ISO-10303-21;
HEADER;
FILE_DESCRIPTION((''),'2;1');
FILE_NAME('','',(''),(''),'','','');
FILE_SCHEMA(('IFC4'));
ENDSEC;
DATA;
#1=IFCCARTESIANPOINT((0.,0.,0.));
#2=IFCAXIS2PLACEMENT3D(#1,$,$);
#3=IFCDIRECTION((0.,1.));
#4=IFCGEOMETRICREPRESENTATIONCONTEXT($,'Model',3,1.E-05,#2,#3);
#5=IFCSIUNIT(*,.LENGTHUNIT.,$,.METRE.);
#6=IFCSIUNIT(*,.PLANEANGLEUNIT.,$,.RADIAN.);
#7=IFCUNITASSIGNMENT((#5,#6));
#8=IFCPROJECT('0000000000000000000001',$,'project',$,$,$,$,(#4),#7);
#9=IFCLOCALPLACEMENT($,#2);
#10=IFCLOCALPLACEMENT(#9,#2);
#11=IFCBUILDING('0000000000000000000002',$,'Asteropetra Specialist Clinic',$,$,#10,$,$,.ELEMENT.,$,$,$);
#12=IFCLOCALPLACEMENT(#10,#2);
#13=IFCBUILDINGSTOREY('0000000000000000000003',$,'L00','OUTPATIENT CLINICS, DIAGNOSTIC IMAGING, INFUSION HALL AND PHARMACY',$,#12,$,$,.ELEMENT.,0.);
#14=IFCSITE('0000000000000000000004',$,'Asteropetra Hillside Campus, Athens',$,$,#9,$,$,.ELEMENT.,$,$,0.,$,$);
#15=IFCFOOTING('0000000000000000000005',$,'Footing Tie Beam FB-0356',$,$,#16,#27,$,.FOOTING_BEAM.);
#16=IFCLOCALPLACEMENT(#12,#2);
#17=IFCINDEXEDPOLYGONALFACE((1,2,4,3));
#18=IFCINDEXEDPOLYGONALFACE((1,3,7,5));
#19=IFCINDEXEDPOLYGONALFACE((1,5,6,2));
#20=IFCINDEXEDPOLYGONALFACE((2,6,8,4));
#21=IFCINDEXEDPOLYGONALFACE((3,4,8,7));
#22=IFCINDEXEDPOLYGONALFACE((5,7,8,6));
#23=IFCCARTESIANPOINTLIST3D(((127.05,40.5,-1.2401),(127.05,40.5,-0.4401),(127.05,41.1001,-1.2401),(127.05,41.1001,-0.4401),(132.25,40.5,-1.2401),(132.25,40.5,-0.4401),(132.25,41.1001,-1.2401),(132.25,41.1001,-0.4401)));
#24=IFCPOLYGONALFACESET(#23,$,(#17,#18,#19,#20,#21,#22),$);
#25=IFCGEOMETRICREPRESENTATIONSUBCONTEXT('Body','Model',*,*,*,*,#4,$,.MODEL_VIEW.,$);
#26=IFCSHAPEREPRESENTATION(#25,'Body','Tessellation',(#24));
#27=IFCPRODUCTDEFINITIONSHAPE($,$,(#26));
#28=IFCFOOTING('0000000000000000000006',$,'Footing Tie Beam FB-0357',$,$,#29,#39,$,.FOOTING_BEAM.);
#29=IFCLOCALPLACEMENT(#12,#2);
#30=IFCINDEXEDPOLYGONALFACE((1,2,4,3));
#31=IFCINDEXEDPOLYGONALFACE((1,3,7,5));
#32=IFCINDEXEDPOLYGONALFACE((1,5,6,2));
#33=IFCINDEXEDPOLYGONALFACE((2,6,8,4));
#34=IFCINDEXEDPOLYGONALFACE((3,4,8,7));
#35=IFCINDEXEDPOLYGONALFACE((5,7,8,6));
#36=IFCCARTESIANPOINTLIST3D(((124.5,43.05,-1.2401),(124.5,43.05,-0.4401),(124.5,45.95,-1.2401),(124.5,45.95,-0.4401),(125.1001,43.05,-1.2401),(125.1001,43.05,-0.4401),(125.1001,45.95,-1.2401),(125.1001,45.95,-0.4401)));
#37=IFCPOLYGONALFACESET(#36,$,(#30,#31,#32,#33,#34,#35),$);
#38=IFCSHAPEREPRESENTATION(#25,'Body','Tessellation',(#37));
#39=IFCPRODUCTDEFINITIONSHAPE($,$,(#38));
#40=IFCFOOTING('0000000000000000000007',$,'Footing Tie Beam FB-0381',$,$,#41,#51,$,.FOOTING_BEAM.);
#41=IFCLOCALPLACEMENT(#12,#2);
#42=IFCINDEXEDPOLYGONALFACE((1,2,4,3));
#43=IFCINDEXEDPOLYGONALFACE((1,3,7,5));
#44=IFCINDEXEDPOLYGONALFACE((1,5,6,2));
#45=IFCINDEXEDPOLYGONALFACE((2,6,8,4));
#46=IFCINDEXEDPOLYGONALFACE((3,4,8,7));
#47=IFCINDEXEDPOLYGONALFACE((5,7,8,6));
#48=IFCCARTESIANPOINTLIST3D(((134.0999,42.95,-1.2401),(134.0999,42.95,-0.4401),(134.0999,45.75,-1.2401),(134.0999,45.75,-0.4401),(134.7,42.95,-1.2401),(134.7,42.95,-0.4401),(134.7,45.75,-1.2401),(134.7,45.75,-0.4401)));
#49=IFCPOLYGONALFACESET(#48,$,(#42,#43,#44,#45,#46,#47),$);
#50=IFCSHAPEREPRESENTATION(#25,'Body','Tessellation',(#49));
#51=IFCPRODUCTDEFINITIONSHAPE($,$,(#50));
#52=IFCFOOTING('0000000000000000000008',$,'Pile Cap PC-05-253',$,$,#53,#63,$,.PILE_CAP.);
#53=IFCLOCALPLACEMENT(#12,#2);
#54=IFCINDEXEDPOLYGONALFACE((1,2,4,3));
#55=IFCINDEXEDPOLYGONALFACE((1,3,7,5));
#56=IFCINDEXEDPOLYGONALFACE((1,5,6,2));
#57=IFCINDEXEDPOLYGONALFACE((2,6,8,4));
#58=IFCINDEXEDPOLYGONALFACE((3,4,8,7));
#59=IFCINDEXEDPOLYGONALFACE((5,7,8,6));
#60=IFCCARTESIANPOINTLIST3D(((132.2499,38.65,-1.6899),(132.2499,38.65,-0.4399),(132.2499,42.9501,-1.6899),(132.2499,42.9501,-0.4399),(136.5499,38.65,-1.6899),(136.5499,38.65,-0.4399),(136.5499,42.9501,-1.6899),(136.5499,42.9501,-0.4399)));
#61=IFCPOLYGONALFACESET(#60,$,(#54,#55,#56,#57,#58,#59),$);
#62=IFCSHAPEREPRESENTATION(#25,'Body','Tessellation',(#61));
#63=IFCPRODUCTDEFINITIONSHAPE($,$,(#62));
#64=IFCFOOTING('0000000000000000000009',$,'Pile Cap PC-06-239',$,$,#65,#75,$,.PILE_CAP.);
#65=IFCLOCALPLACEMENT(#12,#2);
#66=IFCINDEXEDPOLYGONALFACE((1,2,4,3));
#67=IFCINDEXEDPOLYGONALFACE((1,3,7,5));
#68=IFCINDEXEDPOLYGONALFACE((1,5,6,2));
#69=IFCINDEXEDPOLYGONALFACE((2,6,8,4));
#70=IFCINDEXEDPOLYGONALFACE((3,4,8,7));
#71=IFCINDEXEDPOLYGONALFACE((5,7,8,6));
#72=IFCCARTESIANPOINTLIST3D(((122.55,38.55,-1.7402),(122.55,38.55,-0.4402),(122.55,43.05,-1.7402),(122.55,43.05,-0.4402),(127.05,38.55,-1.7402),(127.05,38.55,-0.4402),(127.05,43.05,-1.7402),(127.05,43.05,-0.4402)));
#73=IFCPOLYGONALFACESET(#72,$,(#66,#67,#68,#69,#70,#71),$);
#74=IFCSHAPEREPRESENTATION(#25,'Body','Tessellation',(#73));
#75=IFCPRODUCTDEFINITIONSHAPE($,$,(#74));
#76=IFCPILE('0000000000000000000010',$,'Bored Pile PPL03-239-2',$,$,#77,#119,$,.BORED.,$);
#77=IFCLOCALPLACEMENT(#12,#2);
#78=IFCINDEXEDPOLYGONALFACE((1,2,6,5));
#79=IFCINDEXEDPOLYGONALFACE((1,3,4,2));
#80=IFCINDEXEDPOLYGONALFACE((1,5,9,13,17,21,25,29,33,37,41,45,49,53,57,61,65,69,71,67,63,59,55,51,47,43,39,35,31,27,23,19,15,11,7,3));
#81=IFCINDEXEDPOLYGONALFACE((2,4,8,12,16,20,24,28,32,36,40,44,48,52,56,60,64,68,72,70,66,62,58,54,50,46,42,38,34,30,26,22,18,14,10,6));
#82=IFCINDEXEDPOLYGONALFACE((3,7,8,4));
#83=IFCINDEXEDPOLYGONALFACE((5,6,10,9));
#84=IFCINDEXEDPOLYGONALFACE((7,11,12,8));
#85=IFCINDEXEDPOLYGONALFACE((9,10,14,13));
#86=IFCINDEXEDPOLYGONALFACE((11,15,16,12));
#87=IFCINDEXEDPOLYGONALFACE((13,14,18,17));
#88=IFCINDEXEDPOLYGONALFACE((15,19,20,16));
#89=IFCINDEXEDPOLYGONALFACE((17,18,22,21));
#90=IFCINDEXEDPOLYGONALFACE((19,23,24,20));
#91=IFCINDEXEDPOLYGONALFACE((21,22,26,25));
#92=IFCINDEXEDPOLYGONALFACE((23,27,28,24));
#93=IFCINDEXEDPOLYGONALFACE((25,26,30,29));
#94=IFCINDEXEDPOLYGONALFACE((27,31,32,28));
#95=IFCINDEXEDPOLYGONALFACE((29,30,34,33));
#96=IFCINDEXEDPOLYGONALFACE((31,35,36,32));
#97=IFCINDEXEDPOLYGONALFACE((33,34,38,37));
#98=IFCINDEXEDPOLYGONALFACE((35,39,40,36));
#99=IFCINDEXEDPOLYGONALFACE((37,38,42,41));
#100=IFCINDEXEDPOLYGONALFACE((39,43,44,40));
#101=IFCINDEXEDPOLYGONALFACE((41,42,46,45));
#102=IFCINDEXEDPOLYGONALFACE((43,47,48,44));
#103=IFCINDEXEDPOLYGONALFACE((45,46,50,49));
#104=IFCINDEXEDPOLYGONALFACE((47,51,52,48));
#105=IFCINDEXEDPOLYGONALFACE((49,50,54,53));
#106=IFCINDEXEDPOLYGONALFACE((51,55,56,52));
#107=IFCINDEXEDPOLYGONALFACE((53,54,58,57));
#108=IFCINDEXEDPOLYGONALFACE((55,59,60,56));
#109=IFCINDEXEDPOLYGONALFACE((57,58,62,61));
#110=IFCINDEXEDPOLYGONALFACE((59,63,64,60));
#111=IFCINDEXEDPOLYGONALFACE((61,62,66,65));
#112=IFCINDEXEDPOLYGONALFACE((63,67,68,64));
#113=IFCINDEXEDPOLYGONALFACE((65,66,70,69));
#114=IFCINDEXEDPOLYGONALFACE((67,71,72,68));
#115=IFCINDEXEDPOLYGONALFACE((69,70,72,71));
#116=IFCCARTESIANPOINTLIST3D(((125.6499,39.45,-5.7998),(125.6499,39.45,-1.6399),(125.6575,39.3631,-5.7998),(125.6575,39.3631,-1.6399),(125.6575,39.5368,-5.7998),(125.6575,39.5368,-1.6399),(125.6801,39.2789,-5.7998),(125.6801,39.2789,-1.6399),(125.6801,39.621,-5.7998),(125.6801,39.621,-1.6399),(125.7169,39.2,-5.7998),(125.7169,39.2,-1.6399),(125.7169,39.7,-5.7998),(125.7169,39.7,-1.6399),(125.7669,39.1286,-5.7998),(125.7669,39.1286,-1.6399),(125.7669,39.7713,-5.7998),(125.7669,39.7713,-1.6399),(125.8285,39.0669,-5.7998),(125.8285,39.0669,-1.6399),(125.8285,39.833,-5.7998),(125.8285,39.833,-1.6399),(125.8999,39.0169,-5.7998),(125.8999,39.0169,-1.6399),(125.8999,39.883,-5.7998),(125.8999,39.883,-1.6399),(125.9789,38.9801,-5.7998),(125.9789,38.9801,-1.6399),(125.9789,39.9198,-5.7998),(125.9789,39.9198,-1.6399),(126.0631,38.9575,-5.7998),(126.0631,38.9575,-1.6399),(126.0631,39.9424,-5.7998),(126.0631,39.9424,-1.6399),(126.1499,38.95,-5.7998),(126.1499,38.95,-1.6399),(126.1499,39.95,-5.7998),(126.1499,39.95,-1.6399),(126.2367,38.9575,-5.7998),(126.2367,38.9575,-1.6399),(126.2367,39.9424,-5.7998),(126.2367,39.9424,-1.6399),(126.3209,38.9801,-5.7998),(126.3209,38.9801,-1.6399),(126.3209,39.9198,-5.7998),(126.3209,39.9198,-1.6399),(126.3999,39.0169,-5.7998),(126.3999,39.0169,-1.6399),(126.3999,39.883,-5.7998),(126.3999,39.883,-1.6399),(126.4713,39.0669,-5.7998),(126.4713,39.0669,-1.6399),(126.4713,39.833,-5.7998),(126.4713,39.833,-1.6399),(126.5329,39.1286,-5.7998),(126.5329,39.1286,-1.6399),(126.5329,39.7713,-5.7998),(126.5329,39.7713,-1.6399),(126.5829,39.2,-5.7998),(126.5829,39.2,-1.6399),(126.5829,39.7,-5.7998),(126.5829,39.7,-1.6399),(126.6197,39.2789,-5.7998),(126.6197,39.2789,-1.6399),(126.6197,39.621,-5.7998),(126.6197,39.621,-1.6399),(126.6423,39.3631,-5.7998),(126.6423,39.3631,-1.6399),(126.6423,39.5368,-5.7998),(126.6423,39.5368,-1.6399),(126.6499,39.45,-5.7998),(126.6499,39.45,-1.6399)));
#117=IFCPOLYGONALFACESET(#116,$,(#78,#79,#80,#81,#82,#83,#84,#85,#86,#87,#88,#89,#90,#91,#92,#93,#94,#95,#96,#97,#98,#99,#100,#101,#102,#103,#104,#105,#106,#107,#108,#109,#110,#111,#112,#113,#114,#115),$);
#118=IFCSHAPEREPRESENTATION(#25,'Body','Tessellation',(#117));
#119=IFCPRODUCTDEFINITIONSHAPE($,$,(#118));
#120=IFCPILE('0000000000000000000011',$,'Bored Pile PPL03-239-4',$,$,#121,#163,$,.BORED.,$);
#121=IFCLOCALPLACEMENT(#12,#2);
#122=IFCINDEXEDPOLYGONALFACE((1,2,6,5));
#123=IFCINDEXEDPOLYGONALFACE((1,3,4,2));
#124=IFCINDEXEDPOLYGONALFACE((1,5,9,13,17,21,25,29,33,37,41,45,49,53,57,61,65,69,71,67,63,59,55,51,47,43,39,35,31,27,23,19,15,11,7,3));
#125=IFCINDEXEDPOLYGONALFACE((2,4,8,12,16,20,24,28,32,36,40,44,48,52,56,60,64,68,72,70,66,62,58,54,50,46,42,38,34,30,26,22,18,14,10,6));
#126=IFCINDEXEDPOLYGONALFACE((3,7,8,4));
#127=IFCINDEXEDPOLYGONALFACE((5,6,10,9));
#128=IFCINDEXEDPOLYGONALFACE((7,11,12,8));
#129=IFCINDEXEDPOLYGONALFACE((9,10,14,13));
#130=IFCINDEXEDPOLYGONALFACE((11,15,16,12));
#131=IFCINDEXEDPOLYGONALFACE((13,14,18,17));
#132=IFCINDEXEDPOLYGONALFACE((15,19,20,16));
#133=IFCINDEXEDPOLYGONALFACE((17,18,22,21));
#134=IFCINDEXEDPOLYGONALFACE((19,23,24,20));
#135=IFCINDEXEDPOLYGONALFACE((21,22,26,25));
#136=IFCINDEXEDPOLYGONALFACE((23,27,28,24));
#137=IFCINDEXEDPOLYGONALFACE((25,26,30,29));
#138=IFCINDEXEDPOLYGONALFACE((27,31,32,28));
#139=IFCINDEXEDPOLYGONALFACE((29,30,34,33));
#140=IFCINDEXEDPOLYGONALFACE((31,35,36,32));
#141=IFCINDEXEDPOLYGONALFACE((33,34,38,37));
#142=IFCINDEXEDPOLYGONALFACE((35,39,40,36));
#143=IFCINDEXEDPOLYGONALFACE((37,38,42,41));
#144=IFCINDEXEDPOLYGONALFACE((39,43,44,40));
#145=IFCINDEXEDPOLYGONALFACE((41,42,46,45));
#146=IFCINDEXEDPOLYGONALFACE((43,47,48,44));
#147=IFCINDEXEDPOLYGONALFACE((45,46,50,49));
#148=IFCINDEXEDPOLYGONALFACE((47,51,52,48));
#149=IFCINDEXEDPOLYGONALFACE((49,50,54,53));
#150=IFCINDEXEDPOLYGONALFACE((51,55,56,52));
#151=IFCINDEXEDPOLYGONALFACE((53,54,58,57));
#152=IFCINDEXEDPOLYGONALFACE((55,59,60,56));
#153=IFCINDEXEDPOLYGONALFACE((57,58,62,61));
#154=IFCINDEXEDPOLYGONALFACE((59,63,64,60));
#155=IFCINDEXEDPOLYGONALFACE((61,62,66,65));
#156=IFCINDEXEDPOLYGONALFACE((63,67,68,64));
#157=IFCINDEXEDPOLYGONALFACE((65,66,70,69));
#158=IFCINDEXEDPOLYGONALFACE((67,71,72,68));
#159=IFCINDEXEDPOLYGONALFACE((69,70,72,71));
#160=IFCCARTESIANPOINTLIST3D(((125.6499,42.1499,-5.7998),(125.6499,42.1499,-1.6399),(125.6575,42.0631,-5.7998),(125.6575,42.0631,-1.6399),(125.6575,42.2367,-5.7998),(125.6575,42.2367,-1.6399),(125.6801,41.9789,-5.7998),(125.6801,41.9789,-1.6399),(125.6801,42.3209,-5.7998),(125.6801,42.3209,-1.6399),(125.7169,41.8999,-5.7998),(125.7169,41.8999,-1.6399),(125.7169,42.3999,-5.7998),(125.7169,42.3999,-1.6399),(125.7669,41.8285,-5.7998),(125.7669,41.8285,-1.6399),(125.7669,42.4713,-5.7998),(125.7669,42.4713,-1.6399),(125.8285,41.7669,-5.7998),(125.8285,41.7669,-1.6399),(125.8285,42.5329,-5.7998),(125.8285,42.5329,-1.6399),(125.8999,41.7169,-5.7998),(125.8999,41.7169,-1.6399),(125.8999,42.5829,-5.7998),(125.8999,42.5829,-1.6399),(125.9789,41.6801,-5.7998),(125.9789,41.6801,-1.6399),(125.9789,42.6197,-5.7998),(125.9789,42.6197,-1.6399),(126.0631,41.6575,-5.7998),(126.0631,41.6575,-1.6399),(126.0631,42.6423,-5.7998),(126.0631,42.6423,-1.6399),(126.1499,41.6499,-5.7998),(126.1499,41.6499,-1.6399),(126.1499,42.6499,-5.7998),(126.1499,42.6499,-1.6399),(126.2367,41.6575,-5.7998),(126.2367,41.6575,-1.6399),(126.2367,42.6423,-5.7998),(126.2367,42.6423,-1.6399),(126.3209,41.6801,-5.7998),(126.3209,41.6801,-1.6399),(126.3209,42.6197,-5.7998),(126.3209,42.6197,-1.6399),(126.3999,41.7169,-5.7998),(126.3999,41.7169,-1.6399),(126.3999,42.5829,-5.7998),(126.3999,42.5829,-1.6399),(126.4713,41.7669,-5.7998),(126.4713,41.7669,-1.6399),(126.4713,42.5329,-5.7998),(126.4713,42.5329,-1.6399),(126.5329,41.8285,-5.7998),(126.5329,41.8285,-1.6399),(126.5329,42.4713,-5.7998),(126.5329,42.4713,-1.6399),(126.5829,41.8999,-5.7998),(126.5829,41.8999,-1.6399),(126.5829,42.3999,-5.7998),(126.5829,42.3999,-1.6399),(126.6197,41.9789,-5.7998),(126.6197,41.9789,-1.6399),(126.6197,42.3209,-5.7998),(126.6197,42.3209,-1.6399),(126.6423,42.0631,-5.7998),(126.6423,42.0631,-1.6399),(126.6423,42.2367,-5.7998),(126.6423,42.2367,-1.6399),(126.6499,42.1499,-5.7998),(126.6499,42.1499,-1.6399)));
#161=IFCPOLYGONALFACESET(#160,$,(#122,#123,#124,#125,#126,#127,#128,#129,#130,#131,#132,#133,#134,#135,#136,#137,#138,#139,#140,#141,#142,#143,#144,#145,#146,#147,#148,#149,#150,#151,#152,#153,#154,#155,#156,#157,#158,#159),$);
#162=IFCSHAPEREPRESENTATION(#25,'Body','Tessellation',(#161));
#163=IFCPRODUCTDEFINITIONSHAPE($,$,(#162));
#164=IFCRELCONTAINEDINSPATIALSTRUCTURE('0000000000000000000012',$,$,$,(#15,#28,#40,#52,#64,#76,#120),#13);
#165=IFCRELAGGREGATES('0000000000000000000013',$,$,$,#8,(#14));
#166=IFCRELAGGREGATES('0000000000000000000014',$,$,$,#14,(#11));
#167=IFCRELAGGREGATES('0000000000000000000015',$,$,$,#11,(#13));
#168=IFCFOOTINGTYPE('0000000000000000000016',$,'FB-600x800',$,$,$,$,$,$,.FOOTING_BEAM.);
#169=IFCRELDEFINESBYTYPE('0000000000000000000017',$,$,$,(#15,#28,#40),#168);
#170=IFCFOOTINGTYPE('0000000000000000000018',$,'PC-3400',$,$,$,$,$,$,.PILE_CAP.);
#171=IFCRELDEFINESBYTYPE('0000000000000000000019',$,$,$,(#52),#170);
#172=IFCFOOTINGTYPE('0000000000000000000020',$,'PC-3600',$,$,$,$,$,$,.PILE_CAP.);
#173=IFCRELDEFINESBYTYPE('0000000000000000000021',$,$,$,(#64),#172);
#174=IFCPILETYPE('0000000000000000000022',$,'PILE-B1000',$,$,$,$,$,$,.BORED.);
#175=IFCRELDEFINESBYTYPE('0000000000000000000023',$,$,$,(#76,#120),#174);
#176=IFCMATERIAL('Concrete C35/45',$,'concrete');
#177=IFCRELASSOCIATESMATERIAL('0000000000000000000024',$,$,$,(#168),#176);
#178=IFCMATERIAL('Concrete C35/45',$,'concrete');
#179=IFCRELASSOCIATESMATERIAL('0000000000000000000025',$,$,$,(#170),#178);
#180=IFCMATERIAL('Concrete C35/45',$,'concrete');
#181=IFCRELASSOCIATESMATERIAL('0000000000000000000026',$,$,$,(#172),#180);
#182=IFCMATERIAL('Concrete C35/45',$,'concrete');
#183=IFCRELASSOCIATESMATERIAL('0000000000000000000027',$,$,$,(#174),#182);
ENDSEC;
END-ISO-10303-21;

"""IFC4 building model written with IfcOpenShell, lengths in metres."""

from ifc_helpers import new_model, si_unit, direction, frame, origin, origin_2d, place, context, subcontext, project, spatial, rectangle, circle, extrude, material, material_profile, profile_set, type_object, element, save


model = new_model("IFC4")

# Units and contexts
model_context = context("Model", 3, precision=1e-05, world=origin(), true_north=direction((0.0, 1.0)))
body_context = subcontext(model_context, "Body", "Model", "MODEL_VIEW")
ifc_project = project(units=[si_unit("LENGTHUNIT", "METRE"), si_unit("PLANEANGLEUNIT", "RADIAN")], contexts=[model_context])

# Site, building, storey
site_placement = place(None, origin())
site = spatial("IfcSite", under=ifc_project, at=site_placement, Name="Asteropetra Hillside Campus, Athens", CompositionType="ELEMENT", RefElevation=0.0)
building_placement = place(site_placement, origin())
building = spatial("IfcBuilding", under=site, at=building_placement, Name="Asteropetra Specialist Clinic", CompositionType="ELEMENT")
storey_placement = place(building_placement, origin())
storey = spatial("IfcBuildingStorey", under=building, at=storey_placement, Name="L00", Description="OUTPATIENT CLINICS, DIAGNOSTIC IMAGING, INFUSION HALL AND PHARMACY", CompositionType="ELEMENT", Elevation=0.0)

# Footings
ifc_material_1 = material(Name="Concrete C35/45", Category="concrete")
ifc_material_profile_1 = material_profile(ifc_material_1, rectangle(XDim=0.6001, YDim=0.8, at=origin_2d()), Name="FB 600x800")
ifc_profile_set_1 = profile_set([ifc_material_profile_1], Name="Concrete C35/45")
footing_type_1 = type_object("IfcFootingType", Name="FB-600x800", PredefinedType="FOOTING_BEAM", material=ifc_profile_set_1)
footing_1_placement = place(storey_placement, frame((127.05, 40.8, -0.8401), z_axis=(1.0, 0.0, 0.0), x_axis=(0.0, 1.0, 0.0)))
element("IfcFooting", 1, at=footing_1_placement, inside=storey, type_object=footing_type_1, Name="Footing Tie Beam FB-0356", PredefinedType="FOOTING_BEAM", context=body_context, shape_type="SweptSolid", body=[
    extrude(rectangle(XDim=0.6001, YDim=0.8, at=origin_2d()), origin(), (0.0, 0.0, 1.0), 5.2),
])
footing_2_placement = place(storey_placement, frame((124.8, 43.05, -0.8401), z_axis=(0.0, 1.0, 0.0), x_axis=(-1.0, 0.0, 0.0)))
element("IfcFooting", 2, at=footing_2_placement, inside=storey, type_object=footing_type_1, Name="Footing Tie Beam FB-0357", PredefinedType="FOOTING_BEAM", context=body_context, shape_type="SweptSolid", body=[
    extrude(rectangle(XDim=0.6001, YDim=0.8, at=origin_2d()), origin(), (0.0, 0.0, 1.0), 2.8999),
])
footing_3_placement = place(storey_placement, frame((134.3999, 42.95, -0.8401), z_axis=(0.0, 1.0, 0.0), x_axis=(-1.0, 0.0, 0.0)))
element("IfcFooting", 3, at=footing_3_placement, inside=storey, type_object=footing_type_1, Name="Footing Tie Beam FB-0381", PredefinedType="FOOTING_BEAM", context=body_context, shape_type="SweptSolid", body=[
    extrude(rectangle(XDim=0.6001, YDim=0.8, at=origin_2d()), origin(), (0.0, 0.0, 1.0), 2.8),
])
ifc_material_2 = material(Name="Concrete C35/45", Category="concrete")
footing_type_2 = type_object("IfcFootingType", Name="PC-3400", PredefinedType="PILE_CAP", material=ifc_material_2)
footing_4_placement = place(storey_placement, frame((134.3999, 40.8, -1.6899), z_axis=(0.0, 0.0, 1.0), x_axis=(1.0, 0.0, 0.0)))
element("IfcFooting", 4, at=footing_4_placement, inside=storey, type_object=footing_type_2, Name="Pile Cap PC-05-253", PredefinedType="PILE_CAP", context=body_context, shape_type="SweptSolid", body=[
    extrude(rectangle(XDim=4.3, YDim=4.3, at=origin_2d()), origin(), (0.0, 0.0, 1.0), 1.25),
])
ifc_material_3 = material(Name="Concrete C35/45", Category="concrete")
footing_type_3 = type_object("IfcFootingType", Name="PC-3600", PredefinedType="PILE_CAP", material=ifc_material_3)
footing_5_placement = place(storey_placement, frame((124.8, 40.8, -1.7402), z_axis=(0.0, 0.0, 1.0), x_axis=(1.0, 0.0, 0.0)))
element("IfcFooting", 5, at=footing_5_placement, inside=storey, type_object=footing_type_3, Name="Pile Cap PC-06-239", PredefinedType="PILE_CAP", context=body_context, shape_type="SweptSolid", body=[
    extrude(rectangle(XDim=4.5, YDim=4.5, at=origin_2d()), origin(), (0.0, 0.0, 1.0), 1.3),
])

# Piles
ifc_material_4 = material(Name="Concrete C35/45", Category="concrete")
ifc_material_profile_2 = material_profile(ifc_material_4, circle(Radius=0.5, at=origin_2d()), Name="PILE D1000")
ifc_profile_set_2 = profile_set([ifc_material_profile_2], Name="Concrete C35/45")
pile_type = type_object("IfcPileType", Name="PILE-B1000", PredefinedType="BORED", material=ifc_profile_set_2)
for number, where, z_axis, x_axis, name in (
    (6, (126.1499, 39.45, -1.6399), (0.0, 0.0, -1.0), (1.0, 0.0, 0.0), "Bored Pile PPL03-239-2"),
    (7, (126.1499, 42.1499, -1.6399), (0.0, 0.0, -1.0), (1.0, 0.0, 0.0), "Bored Pile PPL03-239-4"),
):
    element("IfcPile", number, at=place(storey_placement, frame(where, z_axis=z_axis, x_axis=x_axis)), inside=storey, type_object=pile_type, Name=name, PredefinedType="BORED", context=body_context, shape_type="SweptSolid", body=[
        extrude(circle(Radius=0.5, at=origin_2d()), origin(), (0.0, 0.0, 1.0), 4.1599),
    ])

save(model, "model.ifc")
